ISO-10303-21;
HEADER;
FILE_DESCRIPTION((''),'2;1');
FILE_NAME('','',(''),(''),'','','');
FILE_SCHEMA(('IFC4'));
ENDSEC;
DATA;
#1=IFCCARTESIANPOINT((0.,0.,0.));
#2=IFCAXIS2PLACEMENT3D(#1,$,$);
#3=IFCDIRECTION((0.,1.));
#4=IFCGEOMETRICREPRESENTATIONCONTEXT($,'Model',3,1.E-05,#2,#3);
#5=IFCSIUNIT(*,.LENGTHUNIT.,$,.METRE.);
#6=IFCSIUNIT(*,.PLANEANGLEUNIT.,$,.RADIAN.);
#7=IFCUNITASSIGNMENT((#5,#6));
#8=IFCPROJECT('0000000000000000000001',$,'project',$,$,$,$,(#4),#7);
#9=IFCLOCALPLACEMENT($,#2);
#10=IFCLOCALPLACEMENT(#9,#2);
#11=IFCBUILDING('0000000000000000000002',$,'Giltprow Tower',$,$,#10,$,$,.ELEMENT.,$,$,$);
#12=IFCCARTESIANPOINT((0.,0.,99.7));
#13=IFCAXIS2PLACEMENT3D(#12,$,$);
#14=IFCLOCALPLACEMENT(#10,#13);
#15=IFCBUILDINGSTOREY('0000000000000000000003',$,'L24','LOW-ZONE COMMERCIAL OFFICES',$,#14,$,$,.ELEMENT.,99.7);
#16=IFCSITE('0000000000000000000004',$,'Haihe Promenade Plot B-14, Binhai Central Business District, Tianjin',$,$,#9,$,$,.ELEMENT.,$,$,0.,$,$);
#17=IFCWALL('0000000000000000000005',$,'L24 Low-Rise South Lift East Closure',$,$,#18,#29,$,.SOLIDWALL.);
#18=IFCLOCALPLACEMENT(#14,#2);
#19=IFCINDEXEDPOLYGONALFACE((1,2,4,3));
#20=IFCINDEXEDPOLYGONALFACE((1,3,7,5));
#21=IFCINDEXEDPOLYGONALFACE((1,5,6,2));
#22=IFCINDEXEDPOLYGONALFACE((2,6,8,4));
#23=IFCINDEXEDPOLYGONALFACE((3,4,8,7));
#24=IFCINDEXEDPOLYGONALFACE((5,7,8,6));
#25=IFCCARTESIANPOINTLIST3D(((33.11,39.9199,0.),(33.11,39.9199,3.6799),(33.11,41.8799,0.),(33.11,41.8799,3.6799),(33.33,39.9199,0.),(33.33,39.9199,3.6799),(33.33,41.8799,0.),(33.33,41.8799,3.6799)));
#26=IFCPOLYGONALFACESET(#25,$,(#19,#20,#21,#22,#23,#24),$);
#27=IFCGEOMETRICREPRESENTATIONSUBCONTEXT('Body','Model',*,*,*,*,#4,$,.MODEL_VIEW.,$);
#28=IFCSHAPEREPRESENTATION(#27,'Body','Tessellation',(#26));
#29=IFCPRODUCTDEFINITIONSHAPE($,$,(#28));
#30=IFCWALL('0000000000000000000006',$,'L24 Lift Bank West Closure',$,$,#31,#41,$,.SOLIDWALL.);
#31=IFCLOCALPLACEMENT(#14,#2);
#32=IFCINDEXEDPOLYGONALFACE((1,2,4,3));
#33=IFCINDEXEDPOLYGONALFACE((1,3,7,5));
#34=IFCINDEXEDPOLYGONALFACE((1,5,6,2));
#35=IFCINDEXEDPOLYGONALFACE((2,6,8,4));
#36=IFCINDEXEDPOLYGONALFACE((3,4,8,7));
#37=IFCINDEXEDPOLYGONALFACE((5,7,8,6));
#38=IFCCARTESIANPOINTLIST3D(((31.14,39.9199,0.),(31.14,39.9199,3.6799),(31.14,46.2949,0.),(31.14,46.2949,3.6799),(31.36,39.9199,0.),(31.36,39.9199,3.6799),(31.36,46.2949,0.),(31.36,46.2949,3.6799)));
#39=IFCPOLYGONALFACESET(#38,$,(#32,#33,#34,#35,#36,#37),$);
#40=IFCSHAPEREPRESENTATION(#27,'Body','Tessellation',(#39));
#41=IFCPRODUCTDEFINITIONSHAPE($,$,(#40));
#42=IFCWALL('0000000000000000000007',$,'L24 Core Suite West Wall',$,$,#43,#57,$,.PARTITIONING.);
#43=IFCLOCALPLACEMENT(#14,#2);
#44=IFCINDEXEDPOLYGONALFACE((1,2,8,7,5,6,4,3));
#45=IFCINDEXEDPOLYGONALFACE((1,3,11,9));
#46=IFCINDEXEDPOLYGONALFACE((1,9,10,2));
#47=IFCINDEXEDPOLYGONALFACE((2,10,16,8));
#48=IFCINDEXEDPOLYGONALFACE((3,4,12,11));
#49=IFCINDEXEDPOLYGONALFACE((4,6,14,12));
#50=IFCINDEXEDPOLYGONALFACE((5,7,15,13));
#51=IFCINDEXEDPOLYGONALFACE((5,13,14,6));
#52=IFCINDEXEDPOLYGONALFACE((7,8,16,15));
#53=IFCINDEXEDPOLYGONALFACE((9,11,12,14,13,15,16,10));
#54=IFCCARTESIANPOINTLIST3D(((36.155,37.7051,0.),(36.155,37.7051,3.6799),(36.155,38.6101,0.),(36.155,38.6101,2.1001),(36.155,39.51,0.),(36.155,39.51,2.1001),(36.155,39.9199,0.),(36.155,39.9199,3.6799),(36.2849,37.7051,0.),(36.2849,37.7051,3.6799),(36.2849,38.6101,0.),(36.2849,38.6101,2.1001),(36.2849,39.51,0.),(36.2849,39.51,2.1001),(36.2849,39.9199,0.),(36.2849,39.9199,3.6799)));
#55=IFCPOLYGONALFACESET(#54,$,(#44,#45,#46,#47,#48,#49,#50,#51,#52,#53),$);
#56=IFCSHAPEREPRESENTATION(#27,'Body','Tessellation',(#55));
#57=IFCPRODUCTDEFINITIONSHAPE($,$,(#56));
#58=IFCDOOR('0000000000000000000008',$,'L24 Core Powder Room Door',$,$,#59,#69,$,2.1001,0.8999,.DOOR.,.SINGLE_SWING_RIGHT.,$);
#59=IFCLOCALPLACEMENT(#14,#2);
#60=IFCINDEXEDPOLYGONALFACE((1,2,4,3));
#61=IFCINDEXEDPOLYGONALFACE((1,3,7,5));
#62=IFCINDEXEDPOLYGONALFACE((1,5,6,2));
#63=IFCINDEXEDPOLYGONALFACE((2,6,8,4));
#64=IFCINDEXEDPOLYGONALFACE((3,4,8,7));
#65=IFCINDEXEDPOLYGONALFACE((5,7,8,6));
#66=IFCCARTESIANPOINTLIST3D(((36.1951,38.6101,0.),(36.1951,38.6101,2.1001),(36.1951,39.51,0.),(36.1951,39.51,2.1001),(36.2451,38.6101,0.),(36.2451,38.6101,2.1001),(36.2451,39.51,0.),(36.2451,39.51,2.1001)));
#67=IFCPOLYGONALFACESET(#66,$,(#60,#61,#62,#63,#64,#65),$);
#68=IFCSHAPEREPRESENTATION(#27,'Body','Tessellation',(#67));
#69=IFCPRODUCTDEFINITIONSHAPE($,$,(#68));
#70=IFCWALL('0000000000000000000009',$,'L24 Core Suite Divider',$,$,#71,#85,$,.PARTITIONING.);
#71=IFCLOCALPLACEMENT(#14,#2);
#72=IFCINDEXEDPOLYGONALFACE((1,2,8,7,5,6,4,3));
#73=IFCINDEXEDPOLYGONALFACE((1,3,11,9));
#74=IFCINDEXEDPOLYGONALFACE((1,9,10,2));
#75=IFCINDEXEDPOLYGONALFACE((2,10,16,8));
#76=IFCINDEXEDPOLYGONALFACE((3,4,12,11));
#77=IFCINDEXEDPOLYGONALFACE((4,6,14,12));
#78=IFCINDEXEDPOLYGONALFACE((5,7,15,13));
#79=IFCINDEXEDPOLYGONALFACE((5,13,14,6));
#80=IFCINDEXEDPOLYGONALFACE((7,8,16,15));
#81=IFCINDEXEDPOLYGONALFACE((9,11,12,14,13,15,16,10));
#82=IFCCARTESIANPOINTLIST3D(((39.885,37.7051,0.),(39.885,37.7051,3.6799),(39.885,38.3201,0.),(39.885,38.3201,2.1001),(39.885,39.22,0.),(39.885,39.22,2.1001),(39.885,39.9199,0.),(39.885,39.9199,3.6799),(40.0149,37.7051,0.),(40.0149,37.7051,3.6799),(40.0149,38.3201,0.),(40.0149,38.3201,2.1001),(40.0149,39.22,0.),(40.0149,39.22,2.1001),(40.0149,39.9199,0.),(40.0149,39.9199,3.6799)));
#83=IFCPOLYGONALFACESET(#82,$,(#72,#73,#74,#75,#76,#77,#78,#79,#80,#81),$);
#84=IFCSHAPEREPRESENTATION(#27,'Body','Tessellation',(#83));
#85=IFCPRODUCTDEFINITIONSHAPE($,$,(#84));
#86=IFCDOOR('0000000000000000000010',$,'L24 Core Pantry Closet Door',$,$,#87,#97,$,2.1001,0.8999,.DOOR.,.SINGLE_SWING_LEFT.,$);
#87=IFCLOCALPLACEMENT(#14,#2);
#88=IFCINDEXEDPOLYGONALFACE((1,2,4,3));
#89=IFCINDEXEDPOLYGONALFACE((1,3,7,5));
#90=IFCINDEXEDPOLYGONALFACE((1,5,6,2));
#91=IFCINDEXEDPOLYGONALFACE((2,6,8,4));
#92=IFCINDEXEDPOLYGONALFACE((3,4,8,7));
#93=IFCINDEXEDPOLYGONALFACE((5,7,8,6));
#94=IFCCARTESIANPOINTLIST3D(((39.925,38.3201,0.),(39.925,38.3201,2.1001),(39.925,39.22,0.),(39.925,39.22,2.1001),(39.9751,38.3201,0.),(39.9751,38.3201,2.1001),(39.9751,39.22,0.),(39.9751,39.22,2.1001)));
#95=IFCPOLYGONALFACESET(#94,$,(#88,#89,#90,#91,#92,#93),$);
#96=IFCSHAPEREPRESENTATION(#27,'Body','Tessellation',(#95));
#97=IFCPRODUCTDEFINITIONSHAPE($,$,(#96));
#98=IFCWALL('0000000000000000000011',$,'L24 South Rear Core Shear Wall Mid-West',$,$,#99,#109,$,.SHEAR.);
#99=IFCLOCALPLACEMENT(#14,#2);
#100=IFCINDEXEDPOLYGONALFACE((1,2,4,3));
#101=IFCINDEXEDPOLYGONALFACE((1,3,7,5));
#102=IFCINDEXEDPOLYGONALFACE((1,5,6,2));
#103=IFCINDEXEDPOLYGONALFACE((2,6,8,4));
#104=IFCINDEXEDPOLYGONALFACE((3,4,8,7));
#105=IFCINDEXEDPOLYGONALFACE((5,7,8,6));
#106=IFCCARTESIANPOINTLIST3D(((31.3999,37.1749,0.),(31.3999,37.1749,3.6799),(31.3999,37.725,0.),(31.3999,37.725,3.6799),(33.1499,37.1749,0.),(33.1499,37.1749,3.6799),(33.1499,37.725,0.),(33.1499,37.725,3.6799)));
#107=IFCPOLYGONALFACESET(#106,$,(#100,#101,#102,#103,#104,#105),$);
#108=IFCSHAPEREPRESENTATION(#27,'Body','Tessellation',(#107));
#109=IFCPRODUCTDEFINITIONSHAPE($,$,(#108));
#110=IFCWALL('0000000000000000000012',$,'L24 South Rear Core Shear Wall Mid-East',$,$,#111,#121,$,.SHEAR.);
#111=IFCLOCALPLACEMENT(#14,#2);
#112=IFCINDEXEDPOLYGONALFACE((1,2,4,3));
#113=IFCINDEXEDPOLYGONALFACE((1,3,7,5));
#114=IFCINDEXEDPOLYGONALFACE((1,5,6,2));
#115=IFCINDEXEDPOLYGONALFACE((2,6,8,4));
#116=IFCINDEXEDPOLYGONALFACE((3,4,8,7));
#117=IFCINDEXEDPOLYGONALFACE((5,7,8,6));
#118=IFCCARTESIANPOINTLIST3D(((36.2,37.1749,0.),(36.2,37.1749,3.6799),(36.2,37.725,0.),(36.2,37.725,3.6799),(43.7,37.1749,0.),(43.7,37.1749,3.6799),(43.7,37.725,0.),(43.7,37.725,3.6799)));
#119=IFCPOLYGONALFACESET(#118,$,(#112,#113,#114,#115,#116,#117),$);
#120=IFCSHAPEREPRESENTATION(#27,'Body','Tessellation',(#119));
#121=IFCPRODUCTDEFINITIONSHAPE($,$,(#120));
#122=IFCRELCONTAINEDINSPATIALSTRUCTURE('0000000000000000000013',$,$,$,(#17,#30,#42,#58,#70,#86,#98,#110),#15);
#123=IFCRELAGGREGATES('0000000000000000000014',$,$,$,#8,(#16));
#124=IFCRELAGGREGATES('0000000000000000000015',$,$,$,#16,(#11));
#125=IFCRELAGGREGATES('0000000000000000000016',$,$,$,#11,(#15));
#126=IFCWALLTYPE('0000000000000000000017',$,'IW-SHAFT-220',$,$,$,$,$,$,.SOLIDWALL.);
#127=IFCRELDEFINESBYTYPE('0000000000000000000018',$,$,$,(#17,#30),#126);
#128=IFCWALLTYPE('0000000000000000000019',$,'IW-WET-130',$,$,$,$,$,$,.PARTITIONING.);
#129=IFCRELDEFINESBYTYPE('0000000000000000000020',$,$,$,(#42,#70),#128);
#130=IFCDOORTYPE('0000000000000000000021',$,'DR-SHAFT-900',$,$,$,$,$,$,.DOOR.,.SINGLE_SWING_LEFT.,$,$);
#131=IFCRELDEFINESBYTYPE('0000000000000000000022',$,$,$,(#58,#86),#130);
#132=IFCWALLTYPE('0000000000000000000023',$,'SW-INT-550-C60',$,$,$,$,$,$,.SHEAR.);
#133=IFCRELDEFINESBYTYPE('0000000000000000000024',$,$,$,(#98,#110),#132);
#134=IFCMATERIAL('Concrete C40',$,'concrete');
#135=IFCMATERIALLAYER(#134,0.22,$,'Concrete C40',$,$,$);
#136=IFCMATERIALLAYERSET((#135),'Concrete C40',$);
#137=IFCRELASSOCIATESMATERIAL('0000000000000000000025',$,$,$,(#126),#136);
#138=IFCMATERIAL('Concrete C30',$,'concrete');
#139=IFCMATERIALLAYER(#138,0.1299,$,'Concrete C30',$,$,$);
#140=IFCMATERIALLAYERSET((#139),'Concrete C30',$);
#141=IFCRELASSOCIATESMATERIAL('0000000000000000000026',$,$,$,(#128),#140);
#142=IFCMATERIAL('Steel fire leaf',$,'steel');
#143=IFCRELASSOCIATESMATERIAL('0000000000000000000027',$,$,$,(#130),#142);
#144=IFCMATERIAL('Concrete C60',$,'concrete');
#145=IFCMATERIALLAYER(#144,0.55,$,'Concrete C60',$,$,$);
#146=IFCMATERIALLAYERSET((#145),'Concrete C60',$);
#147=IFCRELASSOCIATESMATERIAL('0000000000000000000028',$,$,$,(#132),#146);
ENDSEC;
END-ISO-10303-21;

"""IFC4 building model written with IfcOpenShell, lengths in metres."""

from ifc_helpers import new_model, si_unit, direction, frame, frame_2d, origin, place, context, subcontext, project, spatial, rectangle, extrude, source, transform, mapped, material, layer, layer_set, type_object, element, fill, save


model = new_model("IFC4")

# Units and contexts
model_context = context("Model", 3, precision=1e-05, world=origin(), true_north=direction((0.0, 1.0)))
body_context = subcontext(model_context, "Body", "Model", "MODEL_VIEW")
ifc_project = project(units=[si_unit("LENGTHUNIT", "METRE"), si_unit("PLANEANGLEUNIT", "RADIAN")], contexts=[model_context])

# Site, building, storey
site_placement = place(None, origin())
site = spatial("IfcSite", under=ifc_project, at=site_placement, Name="Haihe Promenade Plot B-14, Binhai Central Business District, Tianjin", CompositionType="ELEMENT", RefElevation=0.0)
building_placement = place(site_placement, origin())
building = spatial("IfcBuilding", under=site, at=building_placement, Name="Giltprow Tower", CompositionType="ELEMENT")
storey_placement = place(building_placement, frame((0.0, 0.0, 99.7)))
storey = spatial("IfcBuildingStorey", under=building, at=storey_placement, Name="L24", Description="LOW-ZONE COMMERCIAL OFFICES", CompositionType="ELEMENT", Elevation=99.7)

# Shared definitions
ifc_material_1 = material(Name="Concrete C60", Category="concrete")

# Walls
ifc_material_2 = material(Name="Concrete C40", Category="concrete")
ifc_layer_1 = layer(ifc_material_2, 0.22, Name="Concrete C40")
ifc_layer_set_1 = layer_set([ifc_layer_1], Name="Concrete C40")
wall_type_1 = type_object("IfcWallType", Name="IW-SHAFT-220", PredefinedType="SOLIDWALL", material=ifc_layer_set_1)
wall_1_placement = place(storey_placement, frame((33.22, 39.9199, 0.0), z_axis=(0.0, 0.0, 1.0), x_axis=(0.0, 1.0, 0.0)))
element("IfcWall", 1, at=wall_1_placement, inside=storey, type_object=wall_type_1, Name="L24 Low-Rise South Lift East Closure", PredefinedType="SOLIDWALL", context=body_context, shape_type="SweptSolid", body=[
    extrude(rectangle(XDim=1.96, YDim=0.22, at=frame_2d((0.98, 0.0))), origin(), (0.0, 0.0, 1.0), 3.6799),
])
wall_2_placement = place(storey_placement, frame((31.25, 39.9199, 0.0), z_axis=(0.0, 0.0, 1.0), x_axis=(0.0, 1.0, 0.0)))
element("IfcWall", 2, at=wall_2_placement, inside=storey, type_object=wall_type_1, Name="L24 Lift Bank West Closure", PredefinedType="SOLIDWALL", context=body_context, shape_type="SweptSolid", body=[
    extrude(rectangle(XDim=6.375, YDim=0.22, at=frame_2d((3.1875, 0.0))), origin(), (0.0, 0.0, 1.0), 3.6799),
])

# Walls, openings, doors
ifc_material_3 = material(Name="Concrete C30", Category="concrete")
ifc_layer_2 = layer(ifc_material_3, 0.1299, Name="Concrete C30")
ifc_layer_set_2 = layer_set([ifc_layer_2], Name="Concrete C30")
wall_type_2 = type_object("IfcWallType", Name="IW-WET-130", PredefinedType="PARTITIONING", material=ifc_layer_set_2)
wall_3_placement = place(storey_placement, frame((36.22, 37.7051, 0.0), z_axis=(0.0, 0.0, 1.0), x_axis=(0.0, 1.0, 0.0)))
wall_3 = element("IfcWall", 3, at=wall_3_placement, inside=storey, type_object=wall_type_2, Name="L24 Core Suite West Wall", PredefinedType="PARTITIONING", context=body_context, shape_type="SweptSolid", body=[
    extrude(rectangle(XDim=2.2148, YDim=0.1299, at=frame_2d((1.1074, 0.0))), origin(), (0.0, 0.0, 1.0), 3.6799),
])
opening_1_placement = place(wall_3_placement, frame((0.905, 0.0, 0.0)))
opening_1 = element("IfcOpeningElement", 4, at=opening_1_placement, cuts=wall_3, PredefinedType="OPENING", context=body_context, shape_type="SweptSolid", body=[
    extrude(rectangle(XDim=0.8999, YDim=2.1001, at=frame_2d((0.45, 1.05))), frame((0.0, 0.075, 0.0), z_axis=(0.0, -1.0, 0.0), x_axis=(1.0, 0.0, 0.0)), (0.0, 0.0, 1.0), 0.1499),
])
ifc_material_4 = material(Name="Steel fire leaf", Category="steel")
door_type_1 = type_object("IfcDoorType", Name="DR-SHAFT-900", OperationType="SINGLE_SWING_LEFT", PredefinedType="DOOR", material=ifc_material_4)
shared_shape_1 = source(origin(), body_context, "Body", "SweptSolid", [
    extrude(rectangle(XDim=0.8999, YDim=2.1001, at=frame_2d((0.45, 1.05))), frame((0.0, 0.0249, 0.0), z_axis=(0.0, -1.0, 0.0), x_axis=(1.0, 0.0, 0.0)), (0.0, 0.0, 1.0), 0.05),
])
door_1_placement = place(opening_1_placement, origin())
door_1 = element("IfcDoor", 5, at=door_1_placement, inside=storey, type_object=door_type_1, Name="L24 Core Powder Room Door", OperationType="SINGLE_SWING_RIGHT", OverallHeight=2.1001, OverallWidth=0.8999, PredefinedType="DOOR", context=body_context, shape_type="MappedRepresentation", body=[
    mapped(shared_shape_1, transform((0.0, 0.0, 0.0), x_axis=(1.0, 0.0, 0.0), y_axis=(0.0, 1.0, 0.0), z_axis=(0.0, 0.0, 1.0), scale=1.0)),
])
fill(opening_1, door_1)
wall_4_placement = place(storey_placement, frame((39.95, 37.7051, 0.0), z_axis=(0.0, 0.0, 1.0), x_axis=(0.0, 1.0, 0.0)))
wall_4 = element("IfcWall", 6, at=wall_4_placement, inside=storey, type_object=wall_type_2, Name="L24 Core Suite Divider", PredefinedType="PARTITIONING", context=body_context, shape_type="SweptSolid", body=[
    extrude(rectangle(XDim=2.2148, YDim=0.1299, at=frame_2d((1.1074, 0.0))), origin(), (0.0, 0.0, 1.0), 3.6799),
])
opening_2_placement = place(wall_4_placement, frame((0.615, 0.0, 0.0)))
opening_2 = element("IfcOpeningElement", 7, at=opening_2_placement, cuts=wall_4, PredefinedType="OPENING", context=body_context, shape_type="SweptSolid", body=[
    extrude(rectangle(XDim=0.8999, YDim=2.1001, at=frame_2d((0.45, 1.05))), frame((0.0, 0.075, 0.0), z_axis=(0.0, -1.0, 0.0), x_axis=(1.0, 0.0, 0.0)), (0.0, 0.0, 1.0), 0.1499),
])
door_2_placement = place(opening_2_placement, origin())
door_2 = element("IfcDoor", 8, at=door_2_placement, inside=storey, type_object=door_type_1, Name="L24 Core Pantry Closet Door", OperationType="SINGLE_SWING_LEFT", OverallHeight=2.1001, OverallWidth=0.8999, PredefinedType="DOOR", context=body_context, shape_type="MappedRepresentation", body=[
    mapped(shared_shape_1, transform((0.0, 0.0, 0.0), x_axis=(1.0, 0.0, 0.0), y_axis=(0.0, 1.0, 0.0), z_axis=(0.0, 0.0, 1.0), scale=1.0)),
])
fill(opening_2, door_2)

# Walls
ifc_layer_3 = layer(ifc_material_1, 0.55, Name="Concrete C60")
ifc_layer_set_3 = layer_set([ifc_layer_3], Name="Concrete C60")
wall_type_3 = type_object("IfcWallType", Name="SW-INT-550-C60", PredefinedType="SHEAR", material=ifc_layer_set_3)
wall_5_placement = place(storey_placement, frame((31.3999, 37.45, 0.0), z_axis=(0.0, 0.0, 1.0), x_axis=(1.0, 0.0, 0.0)))
element("IfcWall", 9, at=wall_5_placement, inside=storey, type_object=wall_type_3, Name="L24 South Rear Core Shear Wall Mid-West", PredefinedType="SHEAR", context=body_context, shape_type="SweptSolid", body=[
    extrude(rectangle(XDim=1.75, YDim=0.55, at=frame_2d((0.875, 0.0))), origin(), (0.0, 0.0, 1.0), 3.6799),
])
wall_6_placement = place(storey_placement, frame((36.2, 37.45, 0.0), z_axis=(0.0, 0.0, 1.0), x_axis=(1.0, 0.0, 0.0)))
element("IfcWall", 10, at=wall_6_placement, inside=storey, type_object=wall_type_3, Name="L24 South Rear Core Shear Wall Mid-East", PredefinedType="SHEAR", context=body_context, shape_type="SweptSolid", body=[
    extrude(rectangle(XDim=7.5, YDim=0.55, at=frame_2d((3.75, 0.0))), origin(), (0.0, 0.0, 1.0), 3.6799),
])

save(model, "model.ifc")
